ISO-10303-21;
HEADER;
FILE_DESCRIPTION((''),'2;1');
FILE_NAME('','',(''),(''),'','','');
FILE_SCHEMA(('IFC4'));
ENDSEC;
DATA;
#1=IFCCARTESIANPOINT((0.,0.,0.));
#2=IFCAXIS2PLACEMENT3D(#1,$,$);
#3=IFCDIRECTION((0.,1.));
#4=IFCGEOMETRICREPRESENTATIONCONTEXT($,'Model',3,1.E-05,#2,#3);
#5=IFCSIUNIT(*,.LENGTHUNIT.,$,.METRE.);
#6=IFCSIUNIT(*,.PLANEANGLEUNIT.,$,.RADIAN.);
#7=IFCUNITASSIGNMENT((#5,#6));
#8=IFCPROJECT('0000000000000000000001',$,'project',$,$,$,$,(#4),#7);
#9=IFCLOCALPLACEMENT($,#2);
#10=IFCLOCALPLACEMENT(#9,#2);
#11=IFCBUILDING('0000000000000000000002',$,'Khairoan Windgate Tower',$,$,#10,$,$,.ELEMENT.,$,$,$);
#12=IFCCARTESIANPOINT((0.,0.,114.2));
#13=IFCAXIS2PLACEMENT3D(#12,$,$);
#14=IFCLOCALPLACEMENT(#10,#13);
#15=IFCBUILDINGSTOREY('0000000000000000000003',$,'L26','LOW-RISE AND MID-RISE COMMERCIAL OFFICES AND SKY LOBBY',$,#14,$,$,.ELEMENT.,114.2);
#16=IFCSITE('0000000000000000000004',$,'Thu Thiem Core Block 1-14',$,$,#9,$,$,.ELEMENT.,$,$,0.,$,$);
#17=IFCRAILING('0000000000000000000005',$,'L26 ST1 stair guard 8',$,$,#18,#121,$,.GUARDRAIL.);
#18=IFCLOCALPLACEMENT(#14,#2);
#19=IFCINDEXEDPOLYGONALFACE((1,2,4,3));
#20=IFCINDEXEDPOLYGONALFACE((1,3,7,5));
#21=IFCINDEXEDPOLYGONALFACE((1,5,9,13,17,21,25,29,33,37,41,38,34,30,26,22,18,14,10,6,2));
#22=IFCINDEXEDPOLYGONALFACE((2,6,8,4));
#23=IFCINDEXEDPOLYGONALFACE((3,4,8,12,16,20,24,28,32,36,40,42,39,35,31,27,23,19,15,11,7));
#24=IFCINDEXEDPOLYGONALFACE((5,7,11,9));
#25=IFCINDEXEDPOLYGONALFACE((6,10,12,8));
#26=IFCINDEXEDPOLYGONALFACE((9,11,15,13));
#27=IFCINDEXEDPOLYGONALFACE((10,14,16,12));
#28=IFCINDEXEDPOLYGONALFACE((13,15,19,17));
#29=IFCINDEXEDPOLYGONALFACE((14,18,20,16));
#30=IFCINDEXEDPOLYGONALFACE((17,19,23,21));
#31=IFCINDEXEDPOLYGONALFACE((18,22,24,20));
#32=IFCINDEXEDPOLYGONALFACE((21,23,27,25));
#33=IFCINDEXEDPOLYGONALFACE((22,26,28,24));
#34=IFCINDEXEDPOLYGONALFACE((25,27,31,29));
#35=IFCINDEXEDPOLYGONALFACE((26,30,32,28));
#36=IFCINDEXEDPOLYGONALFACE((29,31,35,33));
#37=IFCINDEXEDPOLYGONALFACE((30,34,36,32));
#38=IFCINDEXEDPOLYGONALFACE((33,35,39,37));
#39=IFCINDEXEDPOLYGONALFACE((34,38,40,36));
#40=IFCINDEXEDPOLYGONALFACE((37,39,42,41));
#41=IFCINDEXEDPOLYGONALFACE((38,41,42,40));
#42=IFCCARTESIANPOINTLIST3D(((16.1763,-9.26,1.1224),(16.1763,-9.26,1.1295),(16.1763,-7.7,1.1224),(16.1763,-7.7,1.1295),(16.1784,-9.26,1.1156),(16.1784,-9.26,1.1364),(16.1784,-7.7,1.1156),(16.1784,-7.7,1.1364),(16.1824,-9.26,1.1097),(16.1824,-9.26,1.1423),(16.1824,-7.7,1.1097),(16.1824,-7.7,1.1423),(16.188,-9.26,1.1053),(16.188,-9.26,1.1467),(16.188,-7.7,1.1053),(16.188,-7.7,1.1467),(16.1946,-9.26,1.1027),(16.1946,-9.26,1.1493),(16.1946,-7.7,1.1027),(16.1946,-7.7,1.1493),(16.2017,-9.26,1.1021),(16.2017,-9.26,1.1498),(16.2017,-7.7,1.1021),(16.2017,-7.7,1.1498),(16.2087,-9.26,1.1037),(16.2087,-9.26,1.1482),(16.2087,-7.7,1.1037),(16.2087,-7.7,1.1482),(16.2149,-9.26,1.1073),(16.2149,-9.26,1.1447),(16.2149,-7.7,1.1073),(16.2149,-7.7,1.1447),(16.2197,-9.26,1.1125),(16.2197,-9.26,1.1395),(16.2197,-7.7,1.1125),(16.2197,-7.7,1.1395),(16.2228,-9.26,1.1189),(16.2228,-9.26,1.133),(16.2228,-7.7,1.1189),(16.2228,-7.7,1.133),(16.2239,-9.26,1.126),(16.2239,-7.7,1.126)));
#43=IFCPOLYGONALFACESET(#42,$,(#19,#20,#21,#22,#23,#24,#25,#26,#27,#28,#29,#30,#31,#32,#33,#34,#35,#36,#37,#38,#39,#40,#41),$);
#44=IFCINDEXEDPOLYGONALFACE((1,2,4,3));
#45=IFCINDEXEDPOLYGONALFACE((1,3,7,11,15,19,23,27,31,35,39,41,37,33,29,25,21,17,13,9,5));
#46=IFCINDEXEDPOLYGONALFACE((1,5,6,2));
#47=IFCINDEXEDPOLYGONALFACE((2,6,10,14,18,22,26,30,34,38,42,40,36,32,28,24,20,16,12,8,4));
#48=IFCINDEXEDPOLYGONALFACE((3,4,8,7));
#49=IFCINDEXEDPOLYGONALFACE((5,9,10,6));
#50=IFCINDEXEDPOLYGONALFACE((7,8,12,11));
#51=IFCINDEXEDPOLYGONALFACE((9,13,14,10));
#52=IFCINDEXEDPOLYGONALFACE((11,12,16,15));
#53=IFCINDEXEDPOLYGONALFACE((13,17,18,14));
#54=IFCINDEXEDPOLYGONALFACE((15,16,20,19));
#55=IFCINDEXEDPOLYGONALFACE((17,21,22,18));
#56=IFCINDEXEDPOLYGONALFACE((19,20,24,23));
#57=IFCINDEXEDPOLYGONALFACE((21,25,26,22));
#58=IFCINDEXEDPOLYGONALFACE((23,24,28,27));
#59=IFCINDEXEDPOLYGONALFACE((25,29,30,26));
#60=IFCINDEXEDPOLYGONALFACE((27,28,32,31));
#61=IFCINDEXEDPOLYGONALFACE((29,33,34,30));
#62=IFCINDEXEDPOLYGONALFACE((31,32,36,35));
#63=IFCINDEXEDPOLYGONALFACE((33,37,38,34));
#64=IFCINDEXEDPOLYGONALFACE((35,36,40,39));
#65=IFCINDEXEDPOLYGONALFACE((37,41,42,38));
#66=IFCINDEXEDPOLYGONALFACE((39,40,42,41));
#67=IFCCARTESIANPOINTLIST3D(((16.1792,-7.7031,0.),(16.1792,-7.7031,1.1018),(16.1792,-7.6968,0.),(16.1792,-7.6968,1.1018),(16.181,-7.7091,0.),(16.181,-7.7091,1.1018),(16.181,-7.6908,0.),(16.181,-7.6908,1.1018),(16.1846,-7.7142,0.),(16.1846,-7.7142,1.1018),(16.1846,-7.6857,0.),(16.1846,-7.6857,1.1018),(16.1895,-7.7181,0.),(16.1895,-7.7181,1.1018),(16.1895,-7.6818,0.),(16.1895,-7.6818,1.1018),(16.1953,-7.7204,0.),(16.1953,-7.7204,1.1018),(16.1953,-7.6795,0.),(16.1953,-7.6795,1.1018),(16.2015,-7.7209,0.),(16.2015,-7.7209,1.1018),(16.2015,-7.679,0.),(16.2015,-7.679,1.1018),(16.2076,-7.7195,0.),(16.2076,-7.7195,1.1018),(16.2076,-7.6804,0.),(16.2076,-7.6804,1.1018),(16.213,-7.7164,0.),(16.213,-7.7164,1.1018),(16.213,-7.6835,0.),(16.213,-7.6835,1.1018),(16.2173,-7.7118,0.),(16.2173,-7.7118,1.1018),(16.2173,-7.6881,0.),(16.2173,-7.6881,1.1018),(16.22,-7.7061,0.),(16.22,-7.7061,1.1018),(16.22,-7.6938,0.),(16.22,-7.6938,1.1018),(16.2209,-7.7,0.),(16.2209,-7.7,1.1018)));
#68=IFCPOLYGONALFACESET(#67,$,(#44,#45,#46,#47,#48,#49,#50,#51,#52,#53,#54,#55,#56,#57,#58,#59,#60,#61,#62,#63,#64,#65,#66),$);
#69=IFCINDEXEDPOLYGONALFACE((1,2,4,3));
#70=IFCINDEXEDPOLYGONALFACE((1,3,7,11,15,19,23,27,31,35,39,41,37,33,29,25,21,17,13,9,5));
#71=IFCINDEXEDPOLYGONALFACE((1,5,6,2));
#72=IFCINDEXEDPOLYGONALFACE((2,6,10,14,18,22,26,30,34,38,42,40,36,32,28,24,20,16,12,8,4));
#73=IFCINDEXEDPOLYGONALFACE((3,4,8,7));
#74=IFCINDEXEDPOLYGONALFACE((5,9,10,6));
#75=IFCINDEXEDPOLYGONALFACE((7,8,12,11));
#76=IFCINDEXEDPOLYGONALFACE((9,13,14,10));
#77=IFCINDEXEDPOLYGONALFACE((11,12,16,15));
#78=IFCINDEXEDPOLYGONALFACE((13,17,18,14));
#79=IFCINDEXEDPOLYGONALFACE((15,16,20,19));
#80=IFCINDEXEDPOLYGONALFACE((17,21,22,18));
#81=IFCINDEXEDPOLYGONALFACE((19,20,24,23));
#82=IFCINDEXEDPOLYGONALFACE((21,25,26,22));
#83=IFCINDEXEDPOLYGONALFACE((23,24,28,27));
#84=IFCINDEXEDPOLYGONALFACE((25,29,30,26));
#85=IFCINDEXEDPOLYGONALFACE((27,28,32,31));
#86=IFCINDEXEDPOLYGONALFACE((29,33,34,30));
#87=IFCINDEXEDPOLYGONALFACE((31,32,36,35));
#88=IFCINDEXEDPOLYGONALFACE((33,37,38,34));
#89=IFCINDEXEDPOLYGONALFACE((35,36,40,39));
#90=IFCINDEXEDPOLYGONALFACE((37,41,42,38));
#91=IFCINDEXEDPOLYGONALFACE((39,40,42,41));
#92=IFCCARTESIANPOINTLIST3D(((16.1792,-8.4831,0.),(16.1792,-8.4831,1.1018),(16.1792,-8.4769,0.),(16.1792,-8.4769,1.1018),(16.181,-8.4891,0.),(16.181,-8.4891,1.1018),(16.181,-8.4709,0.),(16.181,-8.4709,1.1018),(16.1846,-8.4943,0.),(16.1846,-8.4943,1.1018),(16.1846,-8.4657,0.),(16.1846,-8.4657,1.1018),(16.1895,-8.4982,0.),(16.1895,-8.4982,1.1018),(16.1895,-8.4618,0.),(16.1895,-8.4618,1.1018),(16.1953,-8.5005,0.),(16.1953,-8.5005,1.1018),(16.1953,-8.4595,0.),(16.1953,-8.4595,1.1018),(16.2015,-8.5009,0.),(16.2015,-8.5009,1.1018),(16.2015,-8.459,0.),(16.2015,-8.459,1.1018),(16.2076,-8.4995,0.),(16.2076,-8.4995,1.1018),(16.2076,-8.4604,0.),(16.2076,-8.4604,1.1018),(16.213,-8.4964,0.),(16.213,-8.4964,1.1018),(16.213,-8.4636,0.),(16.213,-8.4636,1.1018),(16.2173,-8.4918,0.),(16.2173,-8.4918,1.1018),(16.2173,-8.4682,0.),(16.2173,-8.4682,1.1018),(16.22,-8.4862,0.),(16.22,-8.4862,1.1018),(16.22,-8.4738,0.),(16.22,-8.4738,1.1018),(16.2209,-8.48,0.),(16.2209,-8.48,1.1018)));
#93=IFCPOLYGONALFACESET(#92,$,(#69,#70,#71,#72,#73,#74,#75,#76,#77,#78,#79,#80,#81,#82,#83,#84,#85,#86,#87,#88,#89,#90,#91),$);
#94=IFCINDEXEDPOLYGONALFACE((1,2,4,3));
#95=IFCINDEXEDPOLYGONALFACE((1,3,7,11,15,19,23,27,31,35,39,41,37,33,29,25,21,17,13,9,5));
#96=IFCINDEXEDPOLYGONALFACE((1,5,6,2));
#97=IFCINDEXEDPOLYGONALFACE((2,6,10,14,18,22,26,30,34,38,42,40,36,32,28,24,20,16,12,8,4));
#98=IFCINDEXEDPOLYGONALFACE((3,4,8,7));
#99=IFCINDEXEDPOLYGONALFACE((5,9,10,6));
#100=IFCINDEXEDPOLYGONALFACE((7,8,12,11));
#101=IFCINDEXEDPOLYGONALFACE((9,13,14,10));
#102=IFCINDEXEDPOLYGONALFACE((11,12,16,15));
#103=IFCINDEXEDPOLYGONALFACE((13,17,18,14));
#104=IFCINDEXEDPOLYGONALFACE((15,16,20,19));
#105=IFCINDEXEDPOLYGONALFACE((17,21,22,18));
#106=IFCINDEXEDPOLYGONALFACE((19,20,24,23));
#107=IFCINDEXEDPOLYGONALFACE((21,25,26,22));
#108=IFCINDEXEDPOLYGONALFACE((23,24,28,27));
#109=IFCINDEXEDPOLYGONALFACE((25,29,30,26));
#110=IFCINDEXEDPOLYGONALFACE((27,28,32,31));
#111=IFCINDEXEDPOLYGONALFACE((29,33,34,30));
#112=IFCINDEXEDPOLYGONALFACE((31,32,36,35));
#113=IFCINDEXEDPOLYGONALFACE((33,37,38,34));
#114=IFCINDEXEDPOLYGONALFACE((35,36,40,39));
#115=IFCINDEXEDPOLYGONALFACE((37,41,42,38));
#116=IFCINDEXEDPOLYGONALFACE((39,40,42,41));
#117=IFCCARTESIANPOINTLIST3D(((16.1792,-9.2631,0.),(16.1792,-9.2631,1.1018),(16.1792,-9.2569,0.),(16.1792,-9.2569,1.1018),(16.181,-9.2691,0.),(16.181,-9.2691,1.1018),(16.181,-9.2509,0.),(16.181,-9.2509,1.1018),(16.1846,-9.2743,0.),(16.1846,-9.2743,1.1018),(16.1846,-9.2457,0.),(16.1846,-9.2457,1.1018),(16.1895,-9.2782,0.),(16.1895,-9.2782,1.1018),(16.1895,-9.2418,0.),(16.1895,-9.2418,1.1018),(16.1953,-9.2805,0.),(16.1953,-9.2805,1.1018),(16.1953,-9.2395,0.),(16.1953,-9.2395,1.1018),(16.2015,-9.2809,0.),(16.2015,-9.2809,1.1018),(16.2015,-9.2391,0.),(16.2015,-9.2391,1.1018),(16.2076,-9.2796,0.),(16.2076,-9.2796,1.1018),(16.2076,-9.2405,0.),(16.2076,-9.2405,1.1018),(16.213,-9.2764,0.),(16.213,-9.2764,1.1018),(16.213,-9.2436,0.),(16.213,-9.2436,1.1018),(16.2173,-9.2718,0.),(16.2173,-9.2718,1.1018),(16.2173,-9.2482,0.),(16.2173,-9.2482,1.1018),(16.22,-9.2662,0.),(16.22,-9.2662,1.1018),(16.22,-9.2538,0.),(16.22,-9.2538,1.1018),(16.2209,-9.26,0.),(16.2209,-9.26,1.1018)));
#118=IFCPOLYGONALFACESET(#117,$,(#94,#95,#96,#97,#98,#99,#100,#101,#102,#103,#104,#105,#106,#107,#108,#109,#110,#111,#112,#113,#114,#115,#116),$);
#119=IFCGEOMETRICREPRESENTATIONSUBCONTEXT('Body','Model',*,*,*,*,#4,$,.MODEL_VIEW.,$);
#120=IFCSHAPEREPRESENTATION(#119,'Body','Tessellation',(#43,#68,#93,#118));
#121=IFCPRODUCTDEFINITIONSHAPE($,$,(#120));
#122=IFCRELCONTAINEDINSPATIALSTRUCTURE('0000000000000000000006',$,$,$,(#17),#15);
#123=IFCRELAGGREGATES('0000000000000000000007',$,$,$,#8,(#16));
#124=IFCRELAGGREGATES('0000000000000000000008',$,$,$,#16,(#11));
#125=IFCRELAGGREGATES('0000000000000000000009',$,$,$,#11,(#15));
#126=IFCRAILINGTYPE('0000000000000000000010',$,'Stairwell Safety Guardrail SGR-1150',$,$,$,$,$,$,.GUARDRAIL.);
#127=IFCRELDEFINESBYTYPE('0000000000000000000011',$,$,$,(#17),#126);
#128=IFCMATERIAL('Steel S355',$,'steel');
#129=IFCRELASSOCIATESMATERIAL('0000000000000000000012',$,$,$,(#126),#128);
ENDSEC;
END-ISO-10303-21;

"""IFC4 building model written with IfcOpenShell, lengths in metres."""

from ifc_helpers import new_model, si_unit, direction, frame, origin, origin_2d, place, context, subcontext, project, spatial, circle, extrude, material, type_object, element, save


model = new_model("IFC4")

# Units and contexts
model_context = context("Model", 3, precision=1e-05, world=origin(), true_north=direction((0.0, 1.0)))
body_context = subcontext(model_context, "Body", "Model", "MODEL_VIEW")
ifc_project = project(units=[si_unit("LENGTHUNIT", "METRE"), si_unit("PLANEANGLEUNIT", "RADIAN")], contexts=[model_context])

# Site, building, storey
site_placement = place(None, origin())
site = spatial("IfcSite", under=ifc_project, at=site_placement, Name="Thu Thiem Core Block 1-14", CompositionType="ELEMENT", RefElevation=0.0)
building_placement = place(site_placement, origin())
building = spatial("IfcBuilding", under=site, at=building_placement, Name="Khairoan Windgate Tower", CompositionType="ELEMENT")
storey_placement = place(building_placement, frame((0.0, 0.0, 114.2)))
storey = spatial("IfcBuildingStorey", under=building, at=storey_placement, Name="L26", Description="LOW-RISE AND MID-RISE COMMERCIAL OFFICES AND SKY LOBBY", CompositionType="ELEMENT", Elevation=114.2)

# Railing
ifc_material_1 = material(Name="Steel S355", Category="steel")
railing_type_1 = type_object("IfcRailingType", Name="Stairwell Safety Guardrail SGR-1150", PredefinedType="GUARDRAIL", material=ifc_material_1)
railing_1_placement = place(storey_placement, frame((16.2, -7.7, 0.0)))
element("IfcRailing", 1, at=railing_1_placement, inside=storey, type_object=railing_type_1, Name="L26 ST1 stair guard 8", PredefinedType="GUARDRAIL", context=body_context, shape_type="SweptSolid", body=[
    extrude(circle(Radius=0.0239, at=origin_2d()), frame((0.0, 0.0, 1.126), z_axis=(0.0, -1.0, 0.0), x_axis=(1.0, 0.0, 0.0)), (0.0, 0.0, 1.0), 1.5601),
    extrude(circle(Radius=0.021, at=origin_2d()), origin(), (0.0, 0.0, 1.0), 1.1018),
    extrude(circle(Radius=0.021, at=origin_2d()), frame((0.0, -0.78, 0.0)), (0.0, 0.0, 1.0), 1.1018),
    extrude(circle(Radius=0.021, at=origin_2d()), frame((0.0, -1.5601, 0.0)), (0.0, 0.0, 1.0), 1.1018),
])

save(model, "model.ifc")
